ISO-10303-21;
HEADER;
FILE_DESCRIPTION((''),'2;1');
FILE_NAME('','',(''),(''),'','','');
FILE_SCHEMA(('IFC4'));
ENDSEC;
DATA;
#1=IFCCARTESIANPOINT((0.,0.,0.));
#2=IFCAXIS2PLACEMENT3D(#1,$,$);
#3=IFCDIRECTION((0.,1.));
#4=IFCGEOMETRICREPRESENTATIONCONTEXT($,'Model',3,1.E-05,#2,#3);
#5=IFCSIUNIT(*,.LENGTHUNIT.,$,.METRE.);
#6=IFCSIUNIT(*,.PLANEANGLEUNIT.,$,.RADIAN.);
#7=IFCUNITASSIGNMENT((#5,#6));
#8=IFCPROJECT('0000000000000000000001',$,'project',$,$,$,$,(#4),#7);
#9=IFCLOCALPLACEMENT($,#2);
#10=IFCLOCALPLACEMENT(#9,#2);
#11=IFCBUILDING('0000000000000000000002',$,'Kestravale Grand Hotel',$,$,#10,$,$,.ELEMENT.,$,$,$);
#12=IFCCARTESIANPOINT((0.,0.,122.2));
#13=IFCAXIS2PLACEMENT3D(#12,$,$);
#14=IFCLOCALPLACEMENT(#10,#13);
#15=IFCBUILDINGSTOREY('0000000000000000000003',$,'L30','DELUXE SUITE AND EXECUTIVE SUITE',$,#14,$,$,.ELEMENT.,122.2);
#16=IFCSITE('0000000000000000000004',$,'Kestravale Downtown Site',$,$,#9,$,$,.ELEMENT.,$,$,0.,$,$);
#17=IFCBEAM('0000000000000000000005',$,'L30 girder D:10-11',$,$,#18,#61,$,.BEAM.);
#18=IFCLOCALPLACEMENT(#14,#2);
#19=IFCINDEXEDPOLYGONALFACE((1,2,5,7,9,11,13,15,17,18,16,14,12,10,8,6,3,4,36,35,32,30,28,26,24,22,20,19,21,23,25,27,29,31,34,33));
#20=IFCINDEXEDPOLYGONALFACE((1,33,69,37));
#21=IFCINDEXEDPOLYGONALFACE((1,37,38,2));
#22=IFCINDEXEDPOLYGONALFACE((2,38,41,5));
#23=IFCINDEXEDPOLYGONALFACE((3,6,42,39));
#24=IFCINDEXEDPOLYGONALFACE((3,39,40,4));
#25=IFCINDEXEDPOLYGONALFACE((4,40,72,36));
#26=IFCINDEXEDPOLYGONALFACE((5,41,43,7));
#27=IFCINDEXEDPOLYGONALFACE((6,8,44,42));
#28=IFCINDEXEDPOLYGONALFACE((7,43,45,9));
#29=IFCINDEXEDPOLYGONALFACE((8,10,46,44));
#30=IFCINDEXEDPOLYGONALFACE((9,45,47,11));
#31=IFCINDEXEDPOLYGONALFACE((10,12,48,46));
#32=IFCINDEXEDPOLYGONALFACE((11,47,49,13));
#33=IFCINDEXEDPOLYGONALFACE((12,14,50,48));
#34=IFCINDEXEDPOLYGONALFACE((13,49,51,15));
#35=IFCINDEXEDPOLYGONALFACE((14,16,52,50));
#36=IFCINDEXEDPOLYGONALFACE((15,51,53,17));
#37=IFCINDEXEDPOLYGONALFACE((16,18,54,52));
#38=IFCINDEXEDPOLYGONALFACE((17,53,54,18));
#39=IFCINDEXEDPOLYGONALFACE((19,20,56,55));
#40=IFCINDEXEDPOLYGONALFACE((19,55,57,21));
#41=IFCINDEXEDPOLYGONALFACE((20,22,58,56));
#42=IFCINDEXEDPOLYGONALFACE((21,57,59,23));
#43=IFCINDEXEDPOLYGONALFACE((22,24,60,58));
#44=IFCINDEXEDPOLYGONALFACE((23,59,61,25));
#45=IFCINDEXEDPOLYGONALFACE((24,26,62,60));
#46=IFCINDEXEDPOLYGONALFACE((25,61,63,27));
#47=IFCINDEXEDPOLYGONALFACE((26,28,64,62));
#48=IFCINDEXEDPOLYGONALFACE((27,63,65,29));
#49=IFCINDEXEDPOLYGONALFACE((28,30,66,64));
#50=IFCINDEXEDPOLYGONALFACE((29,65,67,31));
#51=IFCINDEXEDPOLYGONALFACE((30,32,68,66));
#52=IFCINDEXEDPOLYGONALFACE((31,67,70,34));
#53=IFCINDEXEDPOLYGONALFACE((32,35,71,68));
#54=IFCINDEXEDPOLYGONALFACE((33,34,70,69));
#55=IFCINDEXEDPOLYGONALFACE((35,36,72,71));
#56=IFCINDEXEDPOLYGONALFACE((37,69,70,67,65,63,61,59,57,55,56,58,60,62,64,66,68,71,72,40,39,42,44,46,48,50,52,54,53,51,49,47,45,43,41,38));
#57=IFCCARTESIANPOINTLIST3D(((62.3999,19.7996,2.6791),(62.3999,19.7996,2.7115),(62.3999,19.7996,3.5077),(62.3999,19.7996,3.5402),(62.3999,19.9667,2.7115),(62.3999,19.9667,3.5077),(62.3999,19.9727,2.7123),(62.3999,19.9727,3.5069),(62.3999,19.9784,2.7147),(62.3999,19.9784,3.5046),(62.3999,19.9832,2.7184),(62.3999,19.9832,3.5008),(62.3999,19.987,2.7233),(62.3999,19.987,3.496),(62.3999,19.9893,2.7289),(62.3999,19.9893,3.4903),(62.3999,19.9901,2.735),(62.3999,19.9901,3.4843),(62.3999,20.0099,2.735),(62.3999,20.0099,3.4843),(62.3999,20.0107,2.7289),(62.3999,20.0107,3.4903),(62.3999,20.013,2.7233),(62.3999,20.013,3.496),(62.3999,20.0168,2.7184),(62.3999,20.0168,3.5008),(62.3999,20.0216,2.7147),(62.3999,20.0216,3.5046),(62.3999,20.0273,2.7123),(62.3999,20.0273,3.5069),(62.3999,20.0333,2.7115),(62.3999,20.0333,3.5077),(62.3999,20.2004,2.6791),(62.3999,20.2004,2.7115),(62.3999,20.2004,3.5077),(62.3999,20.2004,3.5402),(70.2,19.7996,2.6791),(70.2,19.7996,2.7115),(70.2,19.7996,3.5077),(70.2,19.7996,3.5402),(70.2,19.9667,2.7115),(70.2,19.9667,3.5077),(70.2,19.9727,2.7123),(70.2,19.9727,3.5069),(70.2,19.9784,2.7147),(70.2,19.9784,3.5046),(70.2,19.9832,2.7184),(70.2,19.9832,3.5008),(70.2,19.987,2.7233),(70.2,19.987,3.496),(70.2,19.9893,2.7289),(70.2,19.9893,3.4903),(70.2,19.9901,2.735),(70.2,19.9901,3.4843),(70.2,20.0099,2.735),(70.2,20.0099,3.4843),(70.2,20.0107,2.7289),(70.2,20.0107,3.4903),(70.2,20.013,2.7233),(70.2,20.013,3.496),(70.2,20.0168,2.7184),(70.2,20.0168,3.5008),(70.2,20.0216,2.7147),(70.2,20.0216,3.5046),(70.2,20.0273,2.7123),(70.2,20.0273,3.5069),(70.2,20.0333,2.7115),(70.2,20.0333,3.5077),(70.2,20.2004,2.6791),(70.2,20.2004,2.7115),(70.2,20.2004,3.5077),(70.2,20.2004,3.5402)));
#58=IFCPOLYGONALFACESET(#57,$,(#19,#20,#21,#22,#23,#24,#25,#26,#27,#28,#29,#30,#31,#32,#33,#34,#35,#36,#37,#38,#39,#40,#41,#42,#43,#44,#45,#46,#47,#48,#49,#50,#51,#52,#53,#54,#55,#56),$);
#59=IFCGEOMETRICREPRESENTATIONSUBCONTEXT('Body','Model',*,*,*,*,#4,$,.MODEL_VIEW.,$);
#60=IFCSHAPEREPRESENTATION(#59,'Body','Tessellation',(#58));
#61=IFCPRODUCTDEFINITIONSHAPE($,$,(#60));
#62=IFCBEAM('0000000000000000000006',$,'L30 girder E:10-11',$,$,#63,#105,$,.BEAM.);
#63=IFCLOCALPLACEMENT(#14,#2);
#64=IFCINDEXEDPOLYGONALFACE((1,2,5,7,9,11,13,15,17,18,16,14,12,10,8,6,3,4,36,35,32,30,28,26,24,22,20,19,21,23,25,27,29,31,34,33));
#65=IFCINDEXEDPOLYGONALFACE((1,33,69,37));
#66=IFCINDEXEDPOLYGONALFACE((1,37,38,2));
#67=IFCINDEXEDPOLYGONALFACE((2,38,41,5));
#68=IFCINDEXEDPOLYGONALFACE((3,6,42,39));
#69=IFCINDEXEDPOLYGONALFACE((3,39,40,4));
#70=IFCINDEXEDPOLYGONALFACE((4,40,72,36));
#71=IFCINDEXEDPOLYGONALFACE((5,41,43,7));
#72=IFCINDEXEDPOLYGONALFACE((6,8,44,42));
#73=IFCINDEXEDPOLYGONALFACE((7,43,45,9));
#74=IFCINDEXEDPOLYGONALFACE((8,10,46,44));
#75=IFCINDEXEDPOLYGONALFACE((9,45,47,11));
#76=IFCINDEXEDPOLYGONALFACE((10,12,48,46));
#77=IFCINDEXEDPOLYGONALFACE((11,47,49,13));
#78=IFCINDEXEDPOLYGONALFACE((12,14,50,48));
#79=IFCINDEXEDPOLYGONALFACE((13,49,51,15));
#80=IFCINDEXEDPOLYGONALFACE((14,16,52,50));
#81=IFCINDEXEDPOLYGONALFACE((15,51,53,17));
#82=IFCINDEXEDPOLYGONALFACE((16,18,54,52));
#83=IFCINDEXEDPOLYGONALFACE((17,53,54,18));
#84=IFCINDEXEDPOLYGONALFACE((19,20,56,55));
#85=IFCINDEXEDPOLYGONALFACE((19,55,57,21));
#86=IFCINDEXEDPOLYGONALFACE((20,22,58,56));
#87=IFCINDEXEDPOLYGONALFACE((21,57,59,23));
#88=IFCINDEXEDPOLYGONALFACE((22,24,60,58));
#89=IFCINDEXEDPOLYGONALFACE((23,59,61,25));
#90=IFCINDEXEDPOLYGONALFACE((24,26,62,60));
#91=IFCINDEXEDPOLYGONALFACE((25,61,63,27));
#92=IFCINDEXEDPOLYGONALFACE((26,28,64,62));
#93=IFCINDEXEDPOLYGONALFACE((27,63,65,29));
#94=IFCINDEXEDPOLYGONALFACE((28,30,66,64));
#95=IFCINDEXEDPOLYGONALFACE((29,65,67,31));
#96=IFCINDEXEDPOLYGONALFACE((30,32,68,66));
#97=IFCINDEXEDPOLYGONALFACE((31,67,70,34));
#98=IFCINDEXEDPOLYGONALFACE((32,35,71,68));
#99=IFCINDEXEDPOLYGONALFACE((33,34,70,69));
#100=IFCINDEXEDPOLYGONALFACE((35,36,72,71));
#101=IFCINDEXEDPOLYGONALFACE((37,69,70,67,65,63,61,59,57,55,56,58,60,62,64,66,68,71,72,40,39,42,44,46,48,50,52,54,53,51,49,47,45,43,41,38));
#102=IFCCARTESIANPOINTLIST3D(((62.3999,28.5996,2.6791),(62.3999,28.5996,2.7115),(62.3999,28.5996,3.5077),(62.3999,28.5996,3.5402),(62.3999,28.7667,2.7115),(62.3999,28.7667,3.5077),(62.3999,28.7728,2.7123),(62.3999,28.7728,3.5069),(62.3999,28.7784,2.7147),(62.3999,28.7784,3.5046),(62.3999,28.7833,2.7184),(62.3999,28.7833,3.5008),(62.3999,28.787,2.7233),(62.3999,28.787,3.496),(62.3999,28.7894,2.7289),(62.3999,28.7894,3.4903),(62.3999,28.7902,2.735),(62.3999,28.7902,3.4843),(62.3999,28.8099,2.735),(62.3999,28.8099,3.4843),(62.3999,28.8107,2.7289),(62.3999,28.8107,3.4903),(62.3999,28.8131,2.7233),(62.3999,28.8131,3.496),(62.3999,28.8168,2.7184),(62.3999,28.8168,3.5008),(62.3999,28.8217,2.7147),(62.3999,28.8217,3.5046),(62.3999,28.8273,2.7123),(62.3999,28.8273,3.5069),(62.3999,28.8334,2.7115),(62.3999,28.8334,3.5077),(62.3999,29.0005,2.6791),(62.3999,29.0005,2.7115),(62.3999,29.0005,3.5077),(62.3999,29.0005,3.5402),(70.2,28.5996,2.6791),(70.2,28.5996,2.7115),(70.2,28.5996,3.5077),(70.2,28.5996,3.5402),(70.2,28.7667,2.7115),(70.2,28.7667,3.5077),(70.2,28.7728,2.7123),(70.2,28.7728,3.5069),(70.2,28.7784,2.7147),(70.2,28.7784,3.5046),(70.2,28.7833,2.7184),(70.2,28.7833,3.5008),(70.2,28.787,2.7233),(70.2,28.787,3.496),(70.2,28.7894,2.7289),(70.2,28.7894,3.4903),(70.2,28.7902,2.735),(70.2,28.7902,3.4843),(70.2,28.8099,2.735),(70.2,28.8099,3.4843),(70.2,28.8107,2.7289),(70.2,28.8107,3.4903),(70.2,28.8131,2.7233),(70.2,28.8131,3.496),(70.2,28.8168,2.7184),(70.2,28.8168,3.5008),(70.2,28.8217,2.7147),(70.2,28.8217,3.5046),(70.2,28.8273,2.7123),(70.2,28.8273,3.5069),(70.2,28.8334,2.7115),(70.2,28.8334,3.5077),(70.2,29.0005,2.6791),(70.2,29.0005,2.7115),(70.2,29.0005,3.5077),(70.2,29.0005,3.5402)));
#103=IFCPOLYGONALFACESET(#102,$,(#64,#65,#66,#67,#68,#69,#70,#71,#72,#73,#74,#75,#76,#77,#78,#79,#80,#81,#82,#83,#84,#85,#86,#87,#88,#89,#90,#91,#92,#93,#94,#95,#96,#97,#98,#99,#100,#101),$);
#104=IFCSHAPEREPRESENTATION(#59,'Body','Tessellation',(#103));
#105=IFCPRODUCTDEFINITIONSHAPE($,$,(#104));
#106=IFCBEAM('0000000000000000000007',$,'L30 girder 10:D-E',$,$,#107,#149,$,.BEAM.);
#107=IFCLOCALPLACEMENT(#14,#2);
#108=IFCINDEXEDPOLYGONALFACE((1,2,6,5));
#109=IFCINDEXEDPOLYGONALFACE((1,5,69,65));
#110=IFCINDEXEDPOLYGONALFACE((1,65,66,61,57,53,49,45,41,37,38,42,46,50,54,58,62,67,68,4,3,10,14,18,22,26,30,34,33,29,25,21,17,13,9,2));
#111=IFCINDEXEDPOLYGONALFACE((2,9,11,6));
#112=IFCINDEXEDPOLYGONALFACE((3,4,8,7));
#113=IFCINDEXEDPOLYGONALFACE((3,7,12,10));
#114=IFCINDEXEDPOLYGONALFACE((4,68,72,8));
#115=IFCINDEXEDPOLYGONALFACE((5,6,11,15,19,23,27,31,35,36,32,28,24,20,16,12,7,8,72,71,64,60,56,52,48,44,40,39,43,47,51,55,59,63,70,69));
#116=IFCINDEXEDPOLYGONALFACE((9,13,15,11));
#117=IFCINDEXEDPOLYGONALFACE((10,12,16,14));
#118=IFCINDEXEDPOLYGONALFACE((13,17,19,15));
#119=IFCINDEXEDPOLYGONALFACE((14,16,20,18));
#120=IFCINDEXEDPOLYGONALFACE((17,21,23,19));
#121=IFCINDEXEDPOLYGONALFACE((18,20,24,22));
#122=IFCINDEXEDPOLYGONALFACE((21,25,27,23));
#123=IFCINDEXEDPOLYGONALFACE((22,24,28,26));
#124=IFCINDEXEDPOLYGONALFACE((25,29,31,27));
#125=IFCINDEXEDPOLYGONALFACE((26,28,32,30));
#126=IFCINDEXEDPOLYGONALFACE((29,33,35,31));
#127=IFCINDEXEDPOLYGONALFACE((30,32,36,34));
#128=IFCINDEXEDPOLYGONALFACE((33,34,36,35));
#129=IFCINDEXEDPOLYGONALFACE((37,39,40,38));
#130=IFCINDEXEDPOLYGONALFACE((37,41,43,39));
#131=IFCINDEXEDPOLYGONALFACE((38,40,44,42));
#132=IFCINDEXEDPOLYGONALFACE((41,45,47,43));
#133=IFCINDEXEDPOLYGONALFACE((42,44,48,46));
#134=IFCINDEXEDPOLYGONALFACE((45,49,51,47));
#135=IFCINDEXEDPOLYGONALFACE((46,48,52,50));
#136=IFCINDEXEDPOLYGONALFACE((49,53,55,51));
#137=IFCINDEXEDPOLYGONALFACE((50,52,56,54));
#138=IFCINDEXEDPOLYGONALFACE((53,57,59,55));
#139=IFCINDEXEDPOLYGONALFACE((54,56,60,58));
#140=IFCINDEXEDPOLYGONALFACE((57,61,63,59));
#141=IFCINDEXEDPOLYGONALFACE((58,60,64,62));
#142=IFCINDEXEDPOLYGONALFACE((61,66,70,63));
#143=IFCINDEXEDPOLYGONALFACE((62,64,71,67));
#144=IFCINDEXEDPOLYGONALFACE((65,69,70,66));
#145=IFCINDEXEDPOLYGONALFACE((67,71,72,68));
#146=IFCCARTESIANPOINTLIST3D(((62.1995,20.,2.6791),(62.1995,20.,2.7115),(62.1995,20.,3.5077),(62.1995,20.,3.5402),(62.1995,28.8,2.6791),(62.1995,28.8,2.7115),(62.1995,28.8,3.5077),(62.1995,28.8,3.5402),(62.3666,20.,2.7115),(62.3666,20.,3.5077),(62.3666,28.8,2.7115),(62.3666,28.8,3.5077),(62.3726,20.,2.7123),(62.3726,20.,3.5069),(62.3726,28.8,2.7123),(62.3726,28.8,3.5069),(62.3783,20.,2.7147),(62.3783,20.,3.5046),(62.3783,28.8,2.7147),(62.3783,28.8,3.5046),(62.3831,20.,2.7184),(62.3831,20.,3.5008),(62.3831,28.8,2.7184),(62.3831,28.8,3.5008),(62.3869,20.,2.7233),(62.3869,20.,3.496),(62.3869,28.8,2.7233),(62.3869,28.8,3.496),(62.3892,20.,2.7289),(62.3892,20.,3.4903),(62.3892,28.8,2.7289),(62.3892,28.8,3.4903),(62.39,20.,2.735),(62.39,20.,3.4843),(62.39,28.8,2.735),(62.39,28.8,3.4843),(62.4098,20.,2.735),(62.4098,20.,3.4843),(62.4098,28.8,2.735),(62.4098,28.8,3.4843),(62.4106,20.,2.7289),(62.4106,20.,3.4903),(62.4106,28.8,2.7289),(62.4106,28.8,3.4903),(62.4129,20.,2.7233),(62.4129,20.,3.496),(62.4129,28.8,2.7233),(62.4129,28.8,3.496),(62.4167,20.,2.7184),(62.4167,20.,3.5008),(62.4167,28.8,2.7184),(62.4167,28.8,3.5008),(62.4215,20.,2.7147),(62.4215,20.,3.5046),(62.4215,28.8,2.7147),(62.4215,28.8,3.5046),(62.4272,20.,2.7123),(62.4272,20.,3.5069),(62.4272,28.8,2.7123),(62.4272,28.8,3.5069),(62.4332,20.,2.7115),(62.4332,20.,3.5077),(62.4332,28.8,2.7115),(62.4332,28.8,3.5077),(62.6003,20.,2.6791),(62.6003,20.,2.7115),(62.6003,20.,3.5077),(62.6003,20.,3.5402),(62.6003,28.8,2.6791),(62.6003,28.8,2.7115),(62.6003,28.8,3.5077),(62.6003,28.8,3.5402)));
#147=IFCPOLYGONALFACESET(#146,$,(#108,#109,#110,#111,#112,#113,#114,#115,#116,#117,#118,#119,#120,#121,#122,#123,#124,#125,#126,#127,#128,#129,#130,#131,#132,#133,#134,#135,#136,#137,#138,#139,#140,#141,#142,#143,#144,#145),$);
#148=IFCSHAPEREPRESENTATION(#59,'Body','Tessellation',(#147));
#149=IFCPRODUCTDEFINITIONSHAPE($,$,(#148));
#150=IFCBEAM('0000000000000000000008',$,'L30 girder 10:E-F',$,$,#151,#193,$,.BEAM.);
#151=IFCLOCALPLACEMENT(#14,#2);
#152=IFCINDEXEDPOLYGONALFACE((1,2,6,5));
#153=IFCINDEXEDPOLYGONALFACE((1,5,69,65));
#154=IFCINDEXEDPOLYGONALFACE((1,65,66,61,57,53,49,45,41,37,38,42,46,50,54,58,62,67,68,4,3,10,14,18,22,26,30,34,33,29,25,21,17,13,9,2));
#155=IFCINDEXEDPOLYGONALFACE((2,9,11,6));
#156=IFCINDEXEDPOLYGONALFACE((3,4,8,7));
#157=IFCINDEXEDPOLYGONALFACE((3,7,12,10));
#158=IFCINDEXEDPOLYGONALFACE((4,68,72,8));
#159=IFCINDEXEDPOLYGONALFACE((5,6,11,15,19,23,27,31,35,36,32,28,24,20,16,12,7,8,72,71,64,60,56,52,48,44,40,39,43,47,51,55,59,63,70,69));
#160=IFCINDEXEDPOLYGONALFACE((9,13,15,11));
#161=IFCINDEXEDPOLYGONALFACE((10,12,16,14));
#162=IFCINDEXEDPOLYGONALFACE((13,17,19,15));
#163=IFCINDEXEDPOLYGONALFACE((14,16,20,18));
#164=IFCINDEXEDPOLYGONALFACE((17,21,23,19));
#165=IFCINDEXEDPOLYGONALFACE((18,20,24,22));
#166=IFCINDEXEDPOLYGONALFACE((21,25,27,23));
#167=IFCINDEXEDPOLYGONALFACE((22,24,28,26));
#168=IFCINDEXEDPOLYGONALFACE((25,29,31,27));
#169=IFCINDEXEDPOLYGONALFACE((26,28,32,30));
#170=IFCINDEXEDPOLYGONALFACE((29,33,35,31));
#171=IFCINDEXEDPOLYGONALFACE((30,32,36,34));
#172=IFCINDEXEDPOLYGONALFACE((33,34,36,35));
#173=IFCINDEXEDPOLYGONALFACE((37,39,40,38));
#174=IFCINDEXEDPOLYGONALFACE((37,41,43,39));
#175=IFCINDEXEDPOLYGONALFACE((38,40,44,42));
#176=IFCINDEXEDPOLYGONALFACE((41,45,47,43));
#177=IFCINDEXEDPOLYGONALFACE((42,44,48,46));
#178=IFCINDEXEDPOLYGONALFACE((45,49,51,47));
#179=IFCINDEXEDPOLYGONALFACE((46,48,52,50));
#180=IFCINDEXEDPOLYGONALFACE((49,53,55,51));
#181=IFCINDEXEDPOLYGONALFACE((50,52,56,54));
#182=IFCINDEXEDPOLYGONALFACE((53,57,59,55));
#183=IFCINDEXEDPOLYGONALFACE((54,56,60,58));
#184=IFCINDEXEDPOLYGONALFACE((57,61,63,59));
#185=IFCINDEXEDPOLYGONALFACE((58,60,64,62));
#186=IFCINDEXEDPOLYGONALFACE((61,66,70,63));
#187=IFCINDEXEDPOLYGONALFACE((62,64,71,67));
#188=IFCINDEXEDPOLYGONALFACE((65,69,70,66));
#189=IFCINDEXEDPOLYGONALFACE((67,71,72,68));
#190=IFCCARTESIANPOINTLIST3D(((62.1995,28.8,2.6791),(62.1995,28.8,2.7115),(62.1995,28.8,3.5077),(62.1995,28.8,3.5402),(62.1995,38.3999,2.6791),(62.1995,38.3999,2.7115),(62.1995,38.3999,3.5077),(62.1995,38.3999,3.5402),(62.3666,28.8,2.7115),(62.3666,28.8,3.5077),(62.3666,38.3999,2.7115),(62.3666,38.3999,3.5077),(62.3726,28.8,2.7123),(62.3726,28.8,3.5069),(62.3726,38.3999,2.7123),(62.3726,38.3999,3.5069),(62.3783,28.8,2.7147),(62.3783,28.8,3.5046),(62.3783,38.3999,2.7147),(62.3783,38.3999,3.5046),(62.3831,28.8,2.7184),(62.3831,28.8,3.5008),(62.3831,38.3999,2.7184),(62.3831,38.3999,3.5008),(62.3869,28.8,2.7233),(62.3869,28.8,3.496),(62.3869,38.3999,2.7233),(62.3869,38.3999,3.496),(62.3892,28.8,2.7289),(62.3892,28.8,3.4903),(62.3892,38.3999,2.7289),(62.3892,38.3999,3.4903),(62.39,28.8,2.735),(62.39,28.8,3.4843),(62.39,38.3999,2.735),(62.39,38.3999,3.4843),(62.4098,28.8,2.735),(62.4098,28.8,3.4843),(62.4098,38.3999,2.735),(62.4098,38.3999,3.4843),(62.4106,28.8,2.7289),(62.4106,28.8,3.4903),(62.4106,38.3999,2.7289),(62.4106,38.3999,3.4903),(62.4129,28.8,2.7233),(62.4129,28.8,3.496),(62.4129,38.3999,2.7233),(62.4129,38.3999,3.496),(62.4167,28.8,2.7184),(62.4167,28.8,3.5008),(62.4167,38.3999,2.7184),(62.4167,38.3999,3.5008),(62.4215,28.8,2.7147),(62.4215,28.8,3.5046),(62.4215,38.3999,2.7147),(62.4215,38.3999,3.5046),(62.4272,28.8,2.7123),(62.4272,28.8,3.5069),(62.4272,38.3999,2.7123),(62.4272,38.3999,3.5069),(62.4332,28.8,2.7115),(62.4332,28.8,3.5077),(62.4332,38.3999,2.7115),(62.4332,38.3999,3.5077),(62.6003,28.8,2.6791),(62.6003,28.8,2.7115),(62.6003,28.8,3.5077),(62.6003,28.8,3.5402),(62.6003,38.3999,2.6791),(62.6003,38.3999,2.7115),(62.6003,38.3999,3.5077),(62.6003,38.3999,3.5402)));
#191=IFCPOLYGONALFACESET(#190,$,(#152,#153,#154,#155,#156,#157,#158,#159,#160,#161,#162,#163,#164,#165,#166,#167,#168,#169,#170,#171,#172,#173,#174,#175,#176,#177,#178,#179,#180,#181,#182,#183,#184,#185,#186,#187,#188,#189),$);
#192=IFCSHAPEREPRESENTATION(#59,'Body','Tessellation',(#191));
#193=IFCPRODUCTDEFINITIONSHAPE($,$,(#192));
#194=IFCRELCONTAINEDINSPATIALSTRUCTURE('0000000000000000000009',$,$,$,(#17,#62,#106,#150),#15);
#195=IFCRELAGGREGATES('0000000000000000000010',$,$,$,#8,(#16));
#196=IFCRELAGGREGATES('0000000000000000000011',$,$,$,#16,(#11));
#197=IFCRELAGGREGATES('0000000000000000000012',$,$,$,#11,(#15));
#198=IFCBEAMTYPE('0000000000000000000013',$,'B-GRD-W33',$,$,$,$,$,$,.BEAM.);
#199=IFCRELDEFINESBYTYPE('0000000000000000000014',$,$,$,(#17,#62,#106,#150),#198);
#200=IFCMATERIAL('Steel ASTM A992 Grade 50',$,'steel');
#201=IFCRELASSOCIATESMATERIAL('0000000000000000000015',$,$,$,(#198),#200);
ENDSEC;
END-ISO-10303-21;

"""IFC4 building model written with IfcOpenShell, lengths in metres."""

from ifc_helpers import new_model, si_unit, direction, frame, origin, origin_2d, place, context, subcontext, project, spatial, i_section, extrude, material, material_profile, profile_set, type_object, element, save


model = new_model("IFC4")

# Units and contexts
model_context = context("Model", 3, precision=1e-05, world=origin(), true_north=direction((0.0, 1.0)))
body_context = subcontext(model_context, "Body", "Model", "MODEL_VIEW")
ifc_project = project(units=[si_unit("LENGTHUNIT", "METRE"), si_unit("PLANEANGLEUNIT", "RADIAN")], contexts=[model_context])

# Site, building, storey
site_placement = place(None, origin())
site = spatial("IfcSite", under=ifc_project, at=site_placement, Name="Kestravale Downtown Site", CompositionType="ELEMENT", RefElevation=0.0)
building_placement = place(site_placement, origin())
building = spatial("IfcBuilding", under=site, at=building_placement, Name="Kestravale Grand Hotel", CompositionType="ELEMENT")
storey_placement = place(building_placement, frame((0.0, 0.0, 122.2)))
storey = spatial("IfcBuildingStorey", under=building, at=storey_placement, Name="L30", Description="DELUXE SUITE AND EXECUTIVE SUITE", CompositionType="ELEMENT", Elevation=122.2)

# Beams
ifc_material_1 = material(Name="Steel ASTM A992 Grade 50", Category="steel")
ifc_material_profile_1 = material_profile(ifc_material_1, i_section(OverallWidth=0.4009, OverallDepth=0.8611, WebThickness=0.0198, FlangeThickness=0.0325, FilletRadius=0.0234, at=origin_2d()))
ifc_profile_set_1 = profile_set([ifc_material_profile_1], Name="Steel ASTM A992 Grade 50")
beam_type_1 = type_object("IfcBeamType", Name="B-GRD-W33", PredefinedType="BEAM", material=ifc_profile_set_1)
for number, where, z_axis, x_axis, name in (
    (1, (62.3999, 20.0, 3.1096), (1.0, 0.0, 0.0), (0.0, 1.0, 0.0), "L30 girder D:10-11"),
    (2, (62.3999, 28.8, 3.1096), (1.0, 0.0, 0.0), (0.0, 1.0, 0.0), "L30 girder E:10-11"),
):
    element("IfcBeam", number, at=place(storey_placement, frame(where, z_axis=z_axis, x_axis=x_axis)), inside=storey, type_object=beam_type_1, Name=name, PredefinedType="BEAM", context=body_context, shape_type="SweptSolid", body=[
        extrude(i_section(OverallWidth=0.4009, OverallDepth=0.8611, WebThickness=0.0198, FlangeThickness=0.0325, FilletRadius=0.0234, at=origin_2d()), origin(), (0.0, 0.0, 1.0), 7.8),
    ])
beam_1_placement = place(storey_placement, frame((62.3999, 20.0, 3.1096), z_axis=(0.0, 1.0, 0.0), x_axis=(-1.0, 0.0, 0.0)))
element("IfcBeam", 3, at=beam_1_placement, inside=storey, type_object=beam_type_1, Name="L30 girder 10:D-E", PredefinedType="BEAM", context=body_context, shape_type="SweptSolid", body=[
    extrude(i_section(OverallWidth=0.4009, OverallDepth=0.8611, WebThickness=0.0198, FlangeThickness=0.0325, FilletRadius=0.0234, at=origin_2d()), origin(), (0.0, 0.0, 1.0), 8.8),
])
beam_2_placement = place(storey_placement, frame((62.3999, 28.8, 3.1096), z_axis=(0.0, 1.0, 0.0), x_axis=(-1.0, 0.0, 0.0)))
element("IfcBeam", 4, at=beam_2_placement, inside=storey, type_object=beam_type_1, Name="L30 girder 10:E-F", PredefinedType="BEAM", context=body_context, shape_type="SweptSolid", body=[
    extrude(i_section(OverallWidth=0.4009, OverallDepth=0.8611, WebThickness=0.0198, FlangeThickness=0.0325, FilletRadius=0.0234, at=origin_2d()), origin(), (0.0, 0.0, 1.0), 9.5999),
])

save(model, "model.ifc")
